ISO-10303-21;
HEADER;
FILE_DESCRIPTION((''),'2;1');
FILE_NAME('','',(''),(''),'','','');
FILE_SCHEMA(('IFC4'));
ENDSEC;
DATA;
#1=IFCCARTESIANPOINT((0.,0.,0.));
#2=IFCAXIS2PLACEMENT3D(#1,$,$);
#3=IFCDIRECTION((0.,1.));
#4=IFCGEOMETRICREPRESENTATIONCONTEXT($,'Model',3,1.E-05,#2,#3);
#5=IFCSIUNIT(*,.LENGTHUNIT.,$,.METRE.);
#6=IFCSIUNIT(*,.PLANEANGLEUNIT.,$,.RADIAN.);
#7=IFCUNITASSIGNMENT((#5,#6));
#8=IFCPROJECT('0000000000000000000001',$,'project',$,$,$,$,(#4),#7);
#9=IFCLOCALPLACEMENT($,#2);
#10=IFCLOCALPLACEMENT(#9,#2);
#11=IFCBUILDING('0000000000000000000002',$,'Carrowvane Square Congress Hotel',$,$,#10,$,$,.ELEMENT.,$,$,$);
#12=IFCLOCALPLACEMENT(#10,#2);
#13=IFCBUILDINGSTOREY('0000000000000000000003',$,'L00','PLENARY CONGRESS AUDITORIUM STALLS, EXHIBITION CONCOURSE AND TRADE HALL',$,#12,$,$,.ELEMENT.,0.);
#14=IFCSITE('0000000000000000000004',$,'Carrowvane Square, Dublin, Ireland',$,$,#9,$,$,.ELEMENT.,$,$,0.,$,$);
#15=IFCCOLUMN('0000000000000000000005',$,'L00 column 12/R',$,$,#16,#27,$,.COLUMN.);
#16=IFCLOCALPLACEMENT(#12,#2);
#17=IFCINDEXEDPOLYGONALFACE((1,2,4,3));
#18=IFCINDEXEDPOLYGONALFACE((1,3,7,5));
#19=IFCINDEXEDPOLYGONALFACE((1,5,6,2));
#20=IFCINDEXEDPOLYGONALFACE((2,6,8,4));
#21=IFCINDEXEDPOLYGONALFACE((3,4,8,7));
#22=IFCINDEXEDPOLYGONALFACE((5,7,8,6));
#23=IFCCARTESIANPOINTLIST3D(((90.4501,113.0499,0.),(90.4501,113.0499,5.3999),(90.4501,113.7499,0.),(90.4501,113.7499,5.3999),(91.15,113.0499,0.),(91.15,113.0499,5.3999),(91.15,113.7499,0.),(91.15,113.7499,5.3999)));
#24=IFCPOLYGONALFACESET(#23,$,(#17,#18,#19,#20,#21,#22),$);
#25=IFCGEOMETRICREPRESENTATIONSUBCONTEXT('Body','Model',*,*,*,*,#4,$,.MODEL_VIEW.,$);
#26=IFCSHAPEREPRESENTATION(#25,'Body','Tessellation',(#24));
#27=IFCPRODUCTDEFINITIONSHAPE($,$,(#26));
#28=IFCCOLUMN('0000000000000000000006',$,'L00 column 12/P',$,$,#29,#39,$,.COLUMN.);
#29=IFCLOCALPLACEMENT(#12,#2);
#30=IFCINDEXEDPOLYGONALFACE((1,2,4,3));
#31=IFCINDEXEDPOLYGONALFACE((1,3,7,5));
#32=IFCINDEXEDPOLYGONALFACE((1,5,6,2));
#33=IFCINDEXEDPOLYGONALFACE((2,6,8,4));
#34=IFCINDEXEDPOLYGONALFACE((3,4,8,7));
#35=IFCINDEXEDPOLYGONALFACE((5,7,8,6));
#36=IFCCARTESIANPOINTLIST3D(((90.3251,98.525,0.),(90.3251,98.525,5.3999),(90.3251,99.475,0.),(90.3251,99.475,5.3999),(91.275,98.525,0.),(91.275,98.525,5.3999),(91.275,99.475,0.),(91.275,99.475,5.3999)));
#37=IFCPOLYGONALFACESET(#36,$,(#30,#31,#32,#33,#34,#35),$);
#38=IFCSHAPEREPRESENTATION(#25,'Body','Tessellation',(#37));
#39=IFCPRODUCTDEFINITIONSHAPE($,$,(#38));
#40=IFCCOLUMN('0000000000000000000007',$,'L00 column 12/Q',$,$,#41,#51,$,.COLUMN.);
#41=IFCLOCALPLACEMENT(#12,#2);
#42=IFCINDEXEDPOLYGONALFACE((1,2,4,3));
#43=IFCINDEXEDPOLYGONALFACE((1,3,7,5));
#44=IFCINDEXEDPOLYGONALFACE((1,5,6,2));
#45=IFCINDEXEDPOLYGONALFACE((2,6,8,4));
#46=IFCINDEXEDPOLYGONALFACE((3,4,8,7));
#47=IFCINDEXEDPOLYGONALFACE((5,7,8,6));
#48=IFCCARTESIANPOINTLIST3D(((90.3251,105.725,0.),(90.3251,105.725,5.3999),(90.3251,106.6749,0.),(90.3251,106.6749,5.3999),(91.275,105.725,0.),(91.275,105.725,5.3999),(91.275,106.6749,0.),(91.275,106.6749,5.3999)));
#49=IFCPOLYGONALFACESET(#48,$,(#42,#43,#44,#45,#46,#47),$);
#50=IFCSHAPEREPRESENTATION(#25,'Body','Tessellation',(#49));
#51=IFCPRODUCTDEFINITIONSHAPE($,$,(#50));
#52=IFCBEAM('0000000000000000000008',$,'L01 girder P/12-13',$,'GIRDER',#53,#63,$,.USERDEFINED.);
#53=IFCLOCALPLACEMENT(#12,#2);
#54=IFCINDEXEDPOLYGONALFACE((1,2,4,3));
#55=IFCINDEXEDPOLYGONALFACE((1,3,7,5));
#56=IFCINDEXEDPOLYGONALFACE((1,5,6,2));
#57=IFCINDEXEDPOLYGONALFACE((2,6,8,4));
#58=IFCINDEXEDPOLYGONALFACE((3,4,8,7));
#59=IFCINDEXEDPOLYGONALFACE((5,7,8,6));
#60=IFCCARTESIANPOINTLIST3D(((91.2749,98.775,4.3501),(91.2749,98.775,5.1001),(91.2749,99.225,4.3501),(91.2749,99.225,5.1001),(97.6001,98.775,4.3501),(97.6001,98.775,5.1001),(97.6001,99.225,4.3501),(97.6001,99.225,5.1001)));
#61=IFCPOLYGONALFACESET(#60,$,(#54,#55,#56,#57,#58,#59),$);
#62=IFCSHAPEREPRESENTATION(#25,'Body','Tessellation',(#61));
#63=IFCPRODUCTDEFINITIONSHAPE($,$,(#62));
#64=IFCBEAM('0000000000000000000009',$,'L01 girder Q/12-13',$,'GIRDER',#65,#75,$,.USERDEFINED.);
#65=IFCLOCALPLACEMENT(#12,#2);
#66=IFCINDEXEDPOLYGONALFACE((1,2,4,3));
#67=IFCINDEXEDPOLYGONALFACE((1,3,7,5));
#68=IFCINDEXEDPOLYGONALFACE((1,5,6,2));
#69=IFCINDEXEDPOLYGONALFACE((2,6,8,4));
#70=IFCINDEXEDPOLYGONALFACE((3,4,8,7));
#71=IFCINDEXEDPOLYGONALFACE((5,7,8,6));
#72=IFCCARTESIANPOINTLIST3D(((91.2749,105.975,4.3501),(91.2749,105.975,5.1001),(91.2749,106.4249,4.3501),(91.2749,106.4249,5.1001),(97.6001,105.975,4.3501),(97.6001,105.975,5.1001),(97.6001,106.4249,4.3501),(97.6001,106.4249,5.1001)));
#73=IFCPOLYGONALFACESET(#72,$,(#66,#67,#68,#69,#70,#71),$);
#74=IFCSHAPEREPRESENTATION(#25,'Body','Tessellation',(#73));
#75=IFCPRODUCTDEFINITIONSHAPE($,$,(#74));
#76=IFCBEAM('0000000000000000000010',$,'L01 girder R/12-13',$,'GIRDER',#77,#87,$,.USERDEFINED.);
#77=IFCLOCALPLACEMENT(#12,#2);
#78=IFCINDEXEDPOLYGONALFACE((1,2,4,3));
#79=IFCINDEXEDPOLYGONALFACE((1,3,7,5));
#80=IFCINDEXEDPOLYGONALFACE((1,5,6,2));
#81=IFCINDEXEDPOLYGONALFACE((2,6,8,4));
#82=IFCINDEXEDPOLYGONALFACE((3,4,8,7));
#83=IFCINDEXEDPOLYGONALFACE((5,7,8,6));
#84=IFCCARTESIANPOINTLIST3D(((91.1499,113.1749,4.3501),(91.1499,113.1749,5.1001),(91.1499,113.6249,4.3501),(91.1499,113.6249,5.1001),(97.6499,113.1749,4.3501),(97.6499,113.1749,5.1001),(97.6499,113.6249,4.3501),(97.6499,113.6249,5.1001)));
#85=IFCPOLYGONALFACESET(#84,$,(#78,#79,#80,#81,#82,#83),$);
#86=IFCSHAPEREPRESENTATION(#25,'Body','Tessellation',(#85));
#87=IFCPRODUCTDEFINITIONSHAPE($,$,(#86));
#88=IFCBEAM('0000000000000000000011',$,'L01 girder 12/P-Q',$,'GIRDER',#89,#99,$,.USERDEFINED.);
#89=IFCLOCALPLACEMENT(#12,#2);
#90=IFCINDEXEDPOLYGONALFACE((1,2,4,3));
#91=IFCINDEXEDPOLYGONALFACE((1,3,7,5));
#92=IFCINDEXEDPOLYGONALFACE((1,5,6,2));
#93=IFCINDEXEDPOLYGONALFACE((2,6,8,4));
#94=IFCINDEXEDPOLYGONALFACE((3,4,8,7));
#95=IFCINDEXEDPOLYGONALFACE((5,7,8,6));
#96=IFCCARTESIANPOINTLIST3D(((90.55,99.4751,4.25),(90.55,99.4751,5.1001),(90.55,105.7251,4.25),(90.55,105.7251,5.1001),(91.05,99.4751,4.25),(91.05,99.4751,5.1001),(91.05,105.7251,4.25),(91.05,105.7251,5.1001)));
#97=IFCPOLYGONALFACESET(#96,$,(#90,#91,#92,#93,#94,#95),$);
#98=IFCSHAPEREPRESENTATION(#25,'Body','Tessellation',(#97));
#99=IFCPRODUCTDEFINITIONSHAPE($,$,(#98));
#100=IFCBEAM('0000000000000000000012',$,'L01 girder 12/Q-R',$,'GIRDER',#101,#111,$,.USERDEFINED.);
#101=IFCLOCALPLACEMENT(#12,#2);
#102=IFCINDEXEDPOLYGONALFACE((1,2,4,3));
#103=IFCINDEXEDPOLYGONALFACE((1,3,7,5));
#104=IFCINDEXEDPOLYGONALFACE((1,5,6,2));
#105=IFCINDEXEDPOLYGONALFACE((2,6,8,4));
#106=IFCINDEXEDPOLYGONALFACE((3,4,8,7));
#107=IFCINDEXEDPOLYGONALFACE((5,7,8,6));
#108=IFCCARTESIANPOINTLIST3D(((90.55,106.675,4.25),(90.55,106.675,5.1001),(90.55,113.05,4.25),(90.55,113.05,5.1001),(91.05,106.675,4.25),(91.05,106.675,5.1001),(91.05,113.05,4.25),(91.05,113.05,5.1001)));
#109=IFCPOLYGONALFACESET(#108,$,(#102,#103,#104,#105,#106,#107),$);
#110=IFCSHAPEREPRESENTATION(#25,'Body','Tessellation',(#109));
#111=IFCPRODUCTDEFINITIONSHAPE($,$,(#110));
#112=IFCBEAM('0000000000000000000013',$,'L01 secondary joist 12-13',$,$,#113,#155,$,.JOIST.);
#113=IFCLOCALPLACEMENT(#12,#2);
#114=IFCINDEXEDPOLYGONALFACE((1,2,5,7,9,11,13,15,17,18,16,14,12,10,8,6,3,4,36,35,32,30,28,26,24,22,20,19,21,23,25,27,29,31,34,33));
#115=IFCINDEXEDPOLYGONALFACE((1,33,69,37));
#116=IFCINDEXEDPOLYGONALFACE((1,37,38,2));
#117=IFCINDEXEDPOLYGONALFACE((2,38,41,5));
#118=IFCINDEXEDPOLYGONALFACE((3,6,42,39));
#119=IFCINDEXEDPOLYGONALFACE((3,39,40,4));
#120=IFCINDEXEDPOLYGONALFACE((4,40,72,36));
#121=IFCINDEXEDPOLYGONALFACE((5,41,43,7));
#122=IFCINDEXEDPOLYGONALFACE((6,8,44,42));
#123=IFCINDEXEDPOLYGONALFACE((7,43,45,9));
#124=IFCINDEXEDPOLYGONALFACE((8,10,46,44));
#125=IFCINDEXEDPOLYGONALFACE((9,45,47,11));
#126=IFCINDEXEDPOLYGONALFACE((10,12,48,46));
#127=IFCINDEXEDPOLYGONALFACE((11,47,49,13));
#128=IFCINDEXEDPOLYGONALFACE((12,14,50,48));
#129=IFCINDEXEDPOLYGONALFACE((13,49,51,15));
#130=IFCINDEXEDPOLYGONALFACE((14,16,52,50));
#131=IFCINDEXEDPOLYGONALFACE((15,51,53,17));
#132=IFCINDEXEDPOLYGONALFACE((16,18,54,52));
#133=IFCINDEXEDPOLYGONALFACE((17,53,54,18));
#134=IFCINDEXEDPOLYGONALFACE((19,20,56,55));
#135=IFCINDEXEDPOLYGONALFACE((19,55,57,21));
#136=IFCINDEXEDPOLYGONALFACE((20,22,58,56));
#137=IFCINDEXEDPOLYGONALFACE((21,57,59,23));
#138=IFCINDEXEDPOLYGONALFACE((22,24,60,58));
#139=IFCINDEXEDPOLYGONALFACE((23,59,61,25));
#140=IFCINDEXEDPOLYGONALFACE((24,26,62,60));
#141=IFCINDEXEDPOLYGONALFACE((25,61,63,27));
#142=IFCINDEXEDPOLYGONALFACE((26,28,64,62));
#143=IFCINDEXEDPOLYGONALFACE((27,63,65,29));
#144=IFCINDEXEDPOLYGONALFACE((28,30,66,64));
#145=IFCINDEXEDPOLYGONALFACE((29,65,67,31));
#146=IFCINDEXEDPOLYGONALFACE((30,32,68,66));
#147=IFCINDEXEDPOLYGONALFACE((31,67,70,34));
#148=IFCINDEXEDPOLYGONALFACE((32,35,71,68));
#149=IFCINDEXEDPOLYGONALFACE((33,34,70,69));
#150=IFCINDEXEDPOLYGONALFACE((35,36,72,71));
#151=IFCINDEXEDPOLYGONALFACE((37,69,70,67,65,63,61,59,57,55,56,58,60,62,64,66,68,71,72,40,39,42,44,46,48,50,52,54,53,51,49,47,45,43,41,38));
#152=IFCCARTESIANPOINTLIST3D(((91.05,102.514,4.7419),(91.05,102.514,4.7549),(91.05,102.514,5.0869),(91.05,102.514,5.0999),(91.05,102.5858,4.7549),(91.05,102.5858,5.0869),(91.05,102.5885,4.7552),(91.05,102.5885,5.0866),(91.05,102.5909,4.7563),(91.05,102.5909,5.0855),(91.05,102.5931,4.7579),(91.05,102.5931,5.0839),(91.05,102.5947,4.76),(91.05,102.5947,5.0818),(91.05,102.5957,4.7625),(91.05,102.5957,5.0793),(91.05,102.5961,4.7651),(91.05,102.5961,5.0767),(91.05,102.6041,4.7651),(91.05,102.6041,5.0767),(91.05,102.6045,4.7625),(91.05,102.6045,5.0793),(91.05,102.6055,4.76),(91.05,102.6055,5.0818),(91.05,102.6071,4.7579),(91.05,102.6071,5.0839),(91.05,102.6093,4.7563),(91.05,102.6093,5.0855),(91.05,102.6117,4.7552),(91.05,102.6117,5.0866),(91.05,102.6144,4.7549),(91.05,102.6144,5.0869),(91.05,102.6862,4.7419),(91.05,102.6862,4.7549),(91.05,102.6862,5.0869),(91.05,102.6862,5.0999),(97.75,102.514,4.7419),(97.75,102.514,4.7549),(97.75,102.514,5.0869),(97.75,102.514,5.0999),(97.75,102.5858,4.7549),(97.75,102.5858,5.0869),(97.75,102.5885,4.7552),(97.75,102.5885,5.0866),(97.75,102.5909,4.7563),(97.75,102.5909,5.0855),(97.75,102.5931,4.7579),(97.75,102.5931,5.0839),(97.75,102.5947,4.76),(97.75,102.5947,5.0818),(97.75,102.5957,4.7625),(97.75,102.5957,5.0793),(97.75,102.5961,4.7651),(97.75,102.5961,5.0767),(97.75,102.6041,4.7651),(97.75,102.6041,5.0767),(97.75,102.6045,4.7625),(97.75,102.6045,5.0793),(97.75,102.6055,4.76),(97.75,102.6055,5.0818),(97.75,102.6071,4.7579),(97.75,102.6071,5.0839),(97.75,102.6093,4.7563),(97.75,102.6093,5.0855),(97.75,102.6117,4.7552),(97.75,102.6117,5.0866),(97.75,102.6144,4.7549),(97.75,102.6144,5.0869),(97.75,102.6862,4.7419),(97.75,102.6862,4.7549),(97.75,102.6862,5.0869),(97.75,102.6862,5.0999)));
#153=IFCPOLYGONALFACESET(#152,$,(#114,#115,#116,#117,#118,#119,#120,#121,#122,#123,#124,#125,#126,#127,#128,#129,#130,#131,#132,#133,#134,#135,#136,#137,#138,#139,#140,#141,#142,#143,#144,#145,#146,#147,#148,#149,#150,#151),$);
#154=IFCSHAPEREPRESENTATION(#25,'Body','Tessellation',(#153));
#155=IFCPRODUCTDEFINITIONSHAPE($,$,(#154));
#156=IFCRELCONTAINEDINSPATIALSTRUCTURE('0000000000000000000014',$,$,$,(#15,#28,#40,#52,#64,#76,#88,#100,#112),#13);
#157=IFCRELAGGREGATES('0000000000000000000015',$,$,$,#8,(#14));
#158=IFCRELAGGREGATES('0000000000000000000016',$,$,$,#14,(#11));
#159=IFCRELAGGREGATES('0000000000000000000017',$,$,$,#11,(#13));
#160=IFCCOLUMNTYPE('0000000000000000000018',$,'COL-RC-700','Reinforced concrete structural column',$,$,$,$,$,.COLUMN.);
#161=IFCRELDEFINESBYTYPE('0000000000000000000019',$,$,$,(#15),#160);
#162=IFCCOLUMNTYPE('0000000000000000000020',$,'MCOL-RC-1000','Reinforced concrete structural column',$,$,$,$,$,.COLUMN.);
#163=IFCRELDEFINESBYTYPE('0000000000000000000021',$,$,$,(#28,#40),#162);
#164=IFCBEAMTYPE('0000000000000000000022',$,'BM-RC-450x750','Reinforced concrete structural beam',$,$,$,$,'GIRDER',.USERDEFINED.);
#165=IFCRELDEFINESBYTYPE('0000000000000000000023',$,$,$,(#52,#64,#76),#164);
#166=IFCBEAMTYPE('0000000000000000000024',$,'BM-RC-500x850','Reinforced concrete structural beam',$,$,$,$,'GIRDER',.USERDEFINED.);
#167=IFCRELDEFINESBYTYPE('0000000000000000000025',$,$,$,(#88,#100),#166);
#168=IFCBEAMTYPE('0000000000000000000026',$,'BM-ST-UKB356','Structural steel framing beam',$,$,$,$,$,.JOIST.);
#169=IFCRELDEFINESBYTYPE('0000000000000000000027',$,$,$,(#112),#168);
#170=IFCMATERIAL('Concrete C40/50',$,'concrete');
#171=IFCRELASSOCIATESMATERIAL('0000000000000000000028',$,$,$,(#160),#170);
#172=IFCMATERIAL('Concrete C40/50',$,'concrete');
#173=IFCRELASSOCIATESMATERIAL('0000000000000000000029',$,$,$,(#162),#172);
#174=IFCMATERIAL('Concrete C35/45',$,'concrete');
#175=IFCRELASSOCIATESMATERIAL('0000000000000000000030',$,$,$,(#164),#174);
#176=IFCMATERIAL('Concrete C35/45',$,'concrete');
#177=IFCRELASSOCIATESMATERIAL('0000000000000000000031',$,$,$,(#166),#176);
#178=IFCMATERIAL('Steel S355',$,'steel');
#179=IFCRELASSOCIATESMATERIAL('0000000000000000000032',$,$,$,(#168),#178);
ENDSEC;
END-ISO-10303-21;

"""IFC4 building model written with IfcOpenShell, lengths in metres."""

from ifc_helpers import new_model, si_unit, direction, frame, origin, origin_2d, place, context, subcontext, project, spatial, rectangle, i_section, extrude, material, material_profile, profile_set, type_object, element, save


model = new_model("IFC4")

# Units and contexts
model_context = context("Model", 3, precision=1e-05, world=origin(), true_north=direction((0.0, 1.0)))
body_context = subcontext(model_context, "Body", "Model", "MODEL_VIEW")
ifc_project = project(units=[si_unit("LENGTHUNIT", "METRE"), si_unit("PLANEANGLEUNIT", "RADIAN")], contexts=[model_context])

# Site, building, storey
site_placement = place(None, origin())
site = spatial("IfcSite", under=ifc_project, at=site_placement, Name="Carrowvane Square, Dublin, Ireland", CompositionType="ELEMENT", RefElevation=0.0)
building_placement = place(site_placement, origin())
building = spatial("IfcBuilding", under=site, at=building_placement, Name="Carrowvane Square Congress Hotel", CompositionType="ELEMENT")
storey_placement = place(building_placement, origin())
storey = spatial("IfcBuildingStorey", under=building, at=storey_placement, Name="L00", Description="PLENARY CONGRESS AUDITORIUM STALLS, EXHIBITION CONCOURSE AND TRADE HALL", CompositionType="ELEMENT", Elevation=0.0)

# Columns
ifc_material_1 = material(Name="Concrete C40/50", Category="concrete")
ifc_material_profile_1 = material_profile(ifc_material_1, rectangle(XDim=0.7, YDim=0.7, at=origin_2d()), Name="RC 700x700")
ifc_profile_set_1 = profile_set([ifc_material_profile_1], Name="Concrete C40/50")
column_type_1 = type_object("IfcColumnType", Name="COL-RC-700", Description="Reinforced concrete structural column", PredefinedType="COLUMN", material=ifc_profile_set_1)
column_placement = place(storey_placement, frame((90.8, 113.3999, 0.0), z_axis=(0.0, 0.0, 1.0), x_axis=(1.0, 0.0, 0.0)))
element("IfcColumn", 1, at=column_placement, inside=storey, type_object=column_type_1, Name="L00 column 12/R", PredefinedType="COLUMN", context=body_context, shape_type="SweptSolid", body=[
    extrude(rectangle(XDim=0.7, YDim=0.7, at=origin_2d()), origin(), (0.0, 0.0, 1.0), 5.3999),
])
ifc_material_2 = material(Name="Concrete C40/50", Category="concrete")
ifc_material_profile_2 = material_profile(ifc_material_2, rectangle(XDim=0.95, YDim=0.95, at=origin_2d()), Name="RC 950x950")
ifc_profile_set_2 = profile_set([ifc_material_profile_2], Name="Concrete C40/50")
column_type_2 = type_object("IfcColumnType", Name="MCOL-RC-1000", Description="Reinforced concrete structural column", PredefinedType="COLUMN", material=ifc_profile_set_2)
for number, where, z_axis, x_axis, name in (
    (2, (90.8, 99.0, 0.0), (0.0, 0.0, 1.0), (1.0, 0.0, 0.0), "L00 column 12/P"),
    (3, (90.8, 106.2, 0.0), (0.0, 0.0, 1.0), (1.0, 0.0, 0.0), "L00 column 12/Q"),
):
    element("IfcColumn", number, at=place(storey_placement, frame(where, z_axis=z_axis, x_axis=x_axis)), inside=storey, type_object=column_type_2, Name=name, PredefinedType="COLUMN", context=body_context, shape_type="SweptSolid", body=[
        extrude(rectangle(XDim=0.95, YDim=0.95, at=origin_2d()), origin(), (0.0, 0.0, 1.0), 5.3999),
    ])

# Beams
ifc_material_3 = material(Name="Concrete C35/45", Category="concrete")
ifc_material_profile_3 = material_profile(ifc_material_3, rectangle(XDim=0.45, YDim=0.75, at=origin_2d()), Name="RC 450x750")
ifc_profile_set_3 = profile_set([ifc_material_profile_3], Name="Concrete C35/45")
beam_type_1 = type_object("IfcBeamType", Name="BM-RC-450x750", Description="Reinforced concrete structural beam", ElementType="GIRDER", PredefinedType="USERDEFINED", material=ifc_profile_set_3)
for number, where, z_axis, x_axis, name in (
    (4, (91.2749, 99.0, 4.7251), (1.0, 0.0, 0.0), (0.0, 1.0, 0.0), "L01 girder P/12-13"),
    (5, (91.2749, 106.2, 4.7251), (1.0, 0.0, 0.0), (0.0, 1.0, 0.0), "L01 girder Q/12-13"),
):
    element("IfcBeam", number, at=place(storey_placement, frame(where, z_axis=z_axis, x_axis=x_axis)), inside=storey, type_object=beam_type_1, Name=name, ObjectType="GIRDER", PredefinedType="USERDEFINED", context=body_context, shape_type="SweptSolid", body=[
        extrude(rectangle(XDim=0.45, YDim=0.75, at=origin_2d()), origin(), (0.0, 0.0, 1.0), 6.3252),
    ])
beam_1_placement = place(storey_placement, frame((91.1499, 113.3999, 4.7251), z_axis=(1.0, 0.0, 0.0), x_axis=(0.0, 1.0, 0.0)))
element("IfcBeam", 6, at=beam_1_placement, inside=storey, type_object=beam_type_1, Name="L01 girder R/12-13", ObjectType="GIRDER", PredefinedType="USERDEFINED", context=body_context, shape_type="SweptSolid", body=[
    extrude(rectangle(XDim=0.45, YDim=0.75, at=origin_2d()), origin(), (0.0, 0.0, 1.0), 6.5),
])
ifc_material_4 = material(Name="Concrete C35/45", Category="concrete")
ifc_material_profile_4 = material_profile(ifc_material_4, rectangle(XDim=0.5, YDim=0.8501, at=origin_2d()), Name="RC 500x850")
ifc_profile_set_4 = profile_set([ifc_material_profile_4], Name="Concrete C35/45")
beam_type_2 = type_object("IfcBeamType", Name="BM-RC-500x850", Description="Reinforced concrete structural beam", ElementType="GIRDER", PredefinedType="USERDEFINED", material=ifc_profile_set_4)
beam_2_placement = place(storey_placement, frame((90.8, 99.4751, 4.675), z_axis=(0.0, 1.0, 0.0), x_axis=(-1.0, 0.0, 0.0)))
element("IfcBeam", 7, at=beam_2_placement, inside=storey, type_object=beam_type_2, Name="L01 girder 12/P-Q", ObjectType="GIRDER", PredefinedType="USERDEFINED", context=body_context, shape_type="SweptSolid", body=[
    extrude(rectangle(XDim=0.5, YDim=0.8501, at=origin_2d()), origin(), (0.0, 0.0, 1.0), 6.25),
])
beam_3_placement = place(storey_placement, frame((90.8, 106.675, 4.675), z_axis=(0.0, 1.0, 0.0), x_axis=(-1.0, 0.0, 0.0)))
element("IfcBeam", 8, at=beam_3_placement, inside=storey, type_object=beam_type_2, Name="L01 girder 12/Q-R", ObjectType="GIRDER", PredefinedType="USERDEFINED", context=body_context, shape_type="SweptSolid", body=[
    extrude(rectangle(XDim=0.5, YDim=0.8501, at=origin_2d()), origin(), (0.0, 0.0, 1.0), 6.375),
])
ifc_material_5 = material(Name="Steel S355", Category="steel")
ifc_material_profile_5 = material_profile(ifc_material_5, i_section(OverallWidth=0.1721, OverallDepth=0.3579, WebThickness=0.0081, FlangeThickness=0.0129, FilletRadius=0.0103, at=origin_2d()), Name="UKB 356x171x57")
ifc_profile_set_5 = profile_set([ifc_material_profile_5], Name="Steel S355")
beam_type_3 = type_object("IfcBeamType", Name="BM-ST-UKB356", Description="Structural steel framing beam", PredefinedType="JOIST", material=ifc_profile_set_5)
for number, where, z_axis, x_axis, name in (
    (9, (91.05, 102.6001, 4.9209), (1.0, 0.0, 0.0), (0.0, 1.0, 0.0), "L01 secondary joist 12-13"),
):
    element("IfcBeam", number, at=place(storey_placement, frame(where, z_axis=z_axis, x_axis=x_axis)), inside=storey, type_object=beam_type_3, Name=name, PredefinedType="JOIST", context=body_context, shape_type="SweptSolid", body=[
        extrude(i_section(OverallWidth=0.1721, OverallDepth=0.3579, WebThickness=0.0081, FlangeThickness=0.0129, FilletRadius=0.0103, at=origin_2d()), origin(), (0.0, 0.0, 1.0), 6.7),
    ])

save(model, "model.ifc")
